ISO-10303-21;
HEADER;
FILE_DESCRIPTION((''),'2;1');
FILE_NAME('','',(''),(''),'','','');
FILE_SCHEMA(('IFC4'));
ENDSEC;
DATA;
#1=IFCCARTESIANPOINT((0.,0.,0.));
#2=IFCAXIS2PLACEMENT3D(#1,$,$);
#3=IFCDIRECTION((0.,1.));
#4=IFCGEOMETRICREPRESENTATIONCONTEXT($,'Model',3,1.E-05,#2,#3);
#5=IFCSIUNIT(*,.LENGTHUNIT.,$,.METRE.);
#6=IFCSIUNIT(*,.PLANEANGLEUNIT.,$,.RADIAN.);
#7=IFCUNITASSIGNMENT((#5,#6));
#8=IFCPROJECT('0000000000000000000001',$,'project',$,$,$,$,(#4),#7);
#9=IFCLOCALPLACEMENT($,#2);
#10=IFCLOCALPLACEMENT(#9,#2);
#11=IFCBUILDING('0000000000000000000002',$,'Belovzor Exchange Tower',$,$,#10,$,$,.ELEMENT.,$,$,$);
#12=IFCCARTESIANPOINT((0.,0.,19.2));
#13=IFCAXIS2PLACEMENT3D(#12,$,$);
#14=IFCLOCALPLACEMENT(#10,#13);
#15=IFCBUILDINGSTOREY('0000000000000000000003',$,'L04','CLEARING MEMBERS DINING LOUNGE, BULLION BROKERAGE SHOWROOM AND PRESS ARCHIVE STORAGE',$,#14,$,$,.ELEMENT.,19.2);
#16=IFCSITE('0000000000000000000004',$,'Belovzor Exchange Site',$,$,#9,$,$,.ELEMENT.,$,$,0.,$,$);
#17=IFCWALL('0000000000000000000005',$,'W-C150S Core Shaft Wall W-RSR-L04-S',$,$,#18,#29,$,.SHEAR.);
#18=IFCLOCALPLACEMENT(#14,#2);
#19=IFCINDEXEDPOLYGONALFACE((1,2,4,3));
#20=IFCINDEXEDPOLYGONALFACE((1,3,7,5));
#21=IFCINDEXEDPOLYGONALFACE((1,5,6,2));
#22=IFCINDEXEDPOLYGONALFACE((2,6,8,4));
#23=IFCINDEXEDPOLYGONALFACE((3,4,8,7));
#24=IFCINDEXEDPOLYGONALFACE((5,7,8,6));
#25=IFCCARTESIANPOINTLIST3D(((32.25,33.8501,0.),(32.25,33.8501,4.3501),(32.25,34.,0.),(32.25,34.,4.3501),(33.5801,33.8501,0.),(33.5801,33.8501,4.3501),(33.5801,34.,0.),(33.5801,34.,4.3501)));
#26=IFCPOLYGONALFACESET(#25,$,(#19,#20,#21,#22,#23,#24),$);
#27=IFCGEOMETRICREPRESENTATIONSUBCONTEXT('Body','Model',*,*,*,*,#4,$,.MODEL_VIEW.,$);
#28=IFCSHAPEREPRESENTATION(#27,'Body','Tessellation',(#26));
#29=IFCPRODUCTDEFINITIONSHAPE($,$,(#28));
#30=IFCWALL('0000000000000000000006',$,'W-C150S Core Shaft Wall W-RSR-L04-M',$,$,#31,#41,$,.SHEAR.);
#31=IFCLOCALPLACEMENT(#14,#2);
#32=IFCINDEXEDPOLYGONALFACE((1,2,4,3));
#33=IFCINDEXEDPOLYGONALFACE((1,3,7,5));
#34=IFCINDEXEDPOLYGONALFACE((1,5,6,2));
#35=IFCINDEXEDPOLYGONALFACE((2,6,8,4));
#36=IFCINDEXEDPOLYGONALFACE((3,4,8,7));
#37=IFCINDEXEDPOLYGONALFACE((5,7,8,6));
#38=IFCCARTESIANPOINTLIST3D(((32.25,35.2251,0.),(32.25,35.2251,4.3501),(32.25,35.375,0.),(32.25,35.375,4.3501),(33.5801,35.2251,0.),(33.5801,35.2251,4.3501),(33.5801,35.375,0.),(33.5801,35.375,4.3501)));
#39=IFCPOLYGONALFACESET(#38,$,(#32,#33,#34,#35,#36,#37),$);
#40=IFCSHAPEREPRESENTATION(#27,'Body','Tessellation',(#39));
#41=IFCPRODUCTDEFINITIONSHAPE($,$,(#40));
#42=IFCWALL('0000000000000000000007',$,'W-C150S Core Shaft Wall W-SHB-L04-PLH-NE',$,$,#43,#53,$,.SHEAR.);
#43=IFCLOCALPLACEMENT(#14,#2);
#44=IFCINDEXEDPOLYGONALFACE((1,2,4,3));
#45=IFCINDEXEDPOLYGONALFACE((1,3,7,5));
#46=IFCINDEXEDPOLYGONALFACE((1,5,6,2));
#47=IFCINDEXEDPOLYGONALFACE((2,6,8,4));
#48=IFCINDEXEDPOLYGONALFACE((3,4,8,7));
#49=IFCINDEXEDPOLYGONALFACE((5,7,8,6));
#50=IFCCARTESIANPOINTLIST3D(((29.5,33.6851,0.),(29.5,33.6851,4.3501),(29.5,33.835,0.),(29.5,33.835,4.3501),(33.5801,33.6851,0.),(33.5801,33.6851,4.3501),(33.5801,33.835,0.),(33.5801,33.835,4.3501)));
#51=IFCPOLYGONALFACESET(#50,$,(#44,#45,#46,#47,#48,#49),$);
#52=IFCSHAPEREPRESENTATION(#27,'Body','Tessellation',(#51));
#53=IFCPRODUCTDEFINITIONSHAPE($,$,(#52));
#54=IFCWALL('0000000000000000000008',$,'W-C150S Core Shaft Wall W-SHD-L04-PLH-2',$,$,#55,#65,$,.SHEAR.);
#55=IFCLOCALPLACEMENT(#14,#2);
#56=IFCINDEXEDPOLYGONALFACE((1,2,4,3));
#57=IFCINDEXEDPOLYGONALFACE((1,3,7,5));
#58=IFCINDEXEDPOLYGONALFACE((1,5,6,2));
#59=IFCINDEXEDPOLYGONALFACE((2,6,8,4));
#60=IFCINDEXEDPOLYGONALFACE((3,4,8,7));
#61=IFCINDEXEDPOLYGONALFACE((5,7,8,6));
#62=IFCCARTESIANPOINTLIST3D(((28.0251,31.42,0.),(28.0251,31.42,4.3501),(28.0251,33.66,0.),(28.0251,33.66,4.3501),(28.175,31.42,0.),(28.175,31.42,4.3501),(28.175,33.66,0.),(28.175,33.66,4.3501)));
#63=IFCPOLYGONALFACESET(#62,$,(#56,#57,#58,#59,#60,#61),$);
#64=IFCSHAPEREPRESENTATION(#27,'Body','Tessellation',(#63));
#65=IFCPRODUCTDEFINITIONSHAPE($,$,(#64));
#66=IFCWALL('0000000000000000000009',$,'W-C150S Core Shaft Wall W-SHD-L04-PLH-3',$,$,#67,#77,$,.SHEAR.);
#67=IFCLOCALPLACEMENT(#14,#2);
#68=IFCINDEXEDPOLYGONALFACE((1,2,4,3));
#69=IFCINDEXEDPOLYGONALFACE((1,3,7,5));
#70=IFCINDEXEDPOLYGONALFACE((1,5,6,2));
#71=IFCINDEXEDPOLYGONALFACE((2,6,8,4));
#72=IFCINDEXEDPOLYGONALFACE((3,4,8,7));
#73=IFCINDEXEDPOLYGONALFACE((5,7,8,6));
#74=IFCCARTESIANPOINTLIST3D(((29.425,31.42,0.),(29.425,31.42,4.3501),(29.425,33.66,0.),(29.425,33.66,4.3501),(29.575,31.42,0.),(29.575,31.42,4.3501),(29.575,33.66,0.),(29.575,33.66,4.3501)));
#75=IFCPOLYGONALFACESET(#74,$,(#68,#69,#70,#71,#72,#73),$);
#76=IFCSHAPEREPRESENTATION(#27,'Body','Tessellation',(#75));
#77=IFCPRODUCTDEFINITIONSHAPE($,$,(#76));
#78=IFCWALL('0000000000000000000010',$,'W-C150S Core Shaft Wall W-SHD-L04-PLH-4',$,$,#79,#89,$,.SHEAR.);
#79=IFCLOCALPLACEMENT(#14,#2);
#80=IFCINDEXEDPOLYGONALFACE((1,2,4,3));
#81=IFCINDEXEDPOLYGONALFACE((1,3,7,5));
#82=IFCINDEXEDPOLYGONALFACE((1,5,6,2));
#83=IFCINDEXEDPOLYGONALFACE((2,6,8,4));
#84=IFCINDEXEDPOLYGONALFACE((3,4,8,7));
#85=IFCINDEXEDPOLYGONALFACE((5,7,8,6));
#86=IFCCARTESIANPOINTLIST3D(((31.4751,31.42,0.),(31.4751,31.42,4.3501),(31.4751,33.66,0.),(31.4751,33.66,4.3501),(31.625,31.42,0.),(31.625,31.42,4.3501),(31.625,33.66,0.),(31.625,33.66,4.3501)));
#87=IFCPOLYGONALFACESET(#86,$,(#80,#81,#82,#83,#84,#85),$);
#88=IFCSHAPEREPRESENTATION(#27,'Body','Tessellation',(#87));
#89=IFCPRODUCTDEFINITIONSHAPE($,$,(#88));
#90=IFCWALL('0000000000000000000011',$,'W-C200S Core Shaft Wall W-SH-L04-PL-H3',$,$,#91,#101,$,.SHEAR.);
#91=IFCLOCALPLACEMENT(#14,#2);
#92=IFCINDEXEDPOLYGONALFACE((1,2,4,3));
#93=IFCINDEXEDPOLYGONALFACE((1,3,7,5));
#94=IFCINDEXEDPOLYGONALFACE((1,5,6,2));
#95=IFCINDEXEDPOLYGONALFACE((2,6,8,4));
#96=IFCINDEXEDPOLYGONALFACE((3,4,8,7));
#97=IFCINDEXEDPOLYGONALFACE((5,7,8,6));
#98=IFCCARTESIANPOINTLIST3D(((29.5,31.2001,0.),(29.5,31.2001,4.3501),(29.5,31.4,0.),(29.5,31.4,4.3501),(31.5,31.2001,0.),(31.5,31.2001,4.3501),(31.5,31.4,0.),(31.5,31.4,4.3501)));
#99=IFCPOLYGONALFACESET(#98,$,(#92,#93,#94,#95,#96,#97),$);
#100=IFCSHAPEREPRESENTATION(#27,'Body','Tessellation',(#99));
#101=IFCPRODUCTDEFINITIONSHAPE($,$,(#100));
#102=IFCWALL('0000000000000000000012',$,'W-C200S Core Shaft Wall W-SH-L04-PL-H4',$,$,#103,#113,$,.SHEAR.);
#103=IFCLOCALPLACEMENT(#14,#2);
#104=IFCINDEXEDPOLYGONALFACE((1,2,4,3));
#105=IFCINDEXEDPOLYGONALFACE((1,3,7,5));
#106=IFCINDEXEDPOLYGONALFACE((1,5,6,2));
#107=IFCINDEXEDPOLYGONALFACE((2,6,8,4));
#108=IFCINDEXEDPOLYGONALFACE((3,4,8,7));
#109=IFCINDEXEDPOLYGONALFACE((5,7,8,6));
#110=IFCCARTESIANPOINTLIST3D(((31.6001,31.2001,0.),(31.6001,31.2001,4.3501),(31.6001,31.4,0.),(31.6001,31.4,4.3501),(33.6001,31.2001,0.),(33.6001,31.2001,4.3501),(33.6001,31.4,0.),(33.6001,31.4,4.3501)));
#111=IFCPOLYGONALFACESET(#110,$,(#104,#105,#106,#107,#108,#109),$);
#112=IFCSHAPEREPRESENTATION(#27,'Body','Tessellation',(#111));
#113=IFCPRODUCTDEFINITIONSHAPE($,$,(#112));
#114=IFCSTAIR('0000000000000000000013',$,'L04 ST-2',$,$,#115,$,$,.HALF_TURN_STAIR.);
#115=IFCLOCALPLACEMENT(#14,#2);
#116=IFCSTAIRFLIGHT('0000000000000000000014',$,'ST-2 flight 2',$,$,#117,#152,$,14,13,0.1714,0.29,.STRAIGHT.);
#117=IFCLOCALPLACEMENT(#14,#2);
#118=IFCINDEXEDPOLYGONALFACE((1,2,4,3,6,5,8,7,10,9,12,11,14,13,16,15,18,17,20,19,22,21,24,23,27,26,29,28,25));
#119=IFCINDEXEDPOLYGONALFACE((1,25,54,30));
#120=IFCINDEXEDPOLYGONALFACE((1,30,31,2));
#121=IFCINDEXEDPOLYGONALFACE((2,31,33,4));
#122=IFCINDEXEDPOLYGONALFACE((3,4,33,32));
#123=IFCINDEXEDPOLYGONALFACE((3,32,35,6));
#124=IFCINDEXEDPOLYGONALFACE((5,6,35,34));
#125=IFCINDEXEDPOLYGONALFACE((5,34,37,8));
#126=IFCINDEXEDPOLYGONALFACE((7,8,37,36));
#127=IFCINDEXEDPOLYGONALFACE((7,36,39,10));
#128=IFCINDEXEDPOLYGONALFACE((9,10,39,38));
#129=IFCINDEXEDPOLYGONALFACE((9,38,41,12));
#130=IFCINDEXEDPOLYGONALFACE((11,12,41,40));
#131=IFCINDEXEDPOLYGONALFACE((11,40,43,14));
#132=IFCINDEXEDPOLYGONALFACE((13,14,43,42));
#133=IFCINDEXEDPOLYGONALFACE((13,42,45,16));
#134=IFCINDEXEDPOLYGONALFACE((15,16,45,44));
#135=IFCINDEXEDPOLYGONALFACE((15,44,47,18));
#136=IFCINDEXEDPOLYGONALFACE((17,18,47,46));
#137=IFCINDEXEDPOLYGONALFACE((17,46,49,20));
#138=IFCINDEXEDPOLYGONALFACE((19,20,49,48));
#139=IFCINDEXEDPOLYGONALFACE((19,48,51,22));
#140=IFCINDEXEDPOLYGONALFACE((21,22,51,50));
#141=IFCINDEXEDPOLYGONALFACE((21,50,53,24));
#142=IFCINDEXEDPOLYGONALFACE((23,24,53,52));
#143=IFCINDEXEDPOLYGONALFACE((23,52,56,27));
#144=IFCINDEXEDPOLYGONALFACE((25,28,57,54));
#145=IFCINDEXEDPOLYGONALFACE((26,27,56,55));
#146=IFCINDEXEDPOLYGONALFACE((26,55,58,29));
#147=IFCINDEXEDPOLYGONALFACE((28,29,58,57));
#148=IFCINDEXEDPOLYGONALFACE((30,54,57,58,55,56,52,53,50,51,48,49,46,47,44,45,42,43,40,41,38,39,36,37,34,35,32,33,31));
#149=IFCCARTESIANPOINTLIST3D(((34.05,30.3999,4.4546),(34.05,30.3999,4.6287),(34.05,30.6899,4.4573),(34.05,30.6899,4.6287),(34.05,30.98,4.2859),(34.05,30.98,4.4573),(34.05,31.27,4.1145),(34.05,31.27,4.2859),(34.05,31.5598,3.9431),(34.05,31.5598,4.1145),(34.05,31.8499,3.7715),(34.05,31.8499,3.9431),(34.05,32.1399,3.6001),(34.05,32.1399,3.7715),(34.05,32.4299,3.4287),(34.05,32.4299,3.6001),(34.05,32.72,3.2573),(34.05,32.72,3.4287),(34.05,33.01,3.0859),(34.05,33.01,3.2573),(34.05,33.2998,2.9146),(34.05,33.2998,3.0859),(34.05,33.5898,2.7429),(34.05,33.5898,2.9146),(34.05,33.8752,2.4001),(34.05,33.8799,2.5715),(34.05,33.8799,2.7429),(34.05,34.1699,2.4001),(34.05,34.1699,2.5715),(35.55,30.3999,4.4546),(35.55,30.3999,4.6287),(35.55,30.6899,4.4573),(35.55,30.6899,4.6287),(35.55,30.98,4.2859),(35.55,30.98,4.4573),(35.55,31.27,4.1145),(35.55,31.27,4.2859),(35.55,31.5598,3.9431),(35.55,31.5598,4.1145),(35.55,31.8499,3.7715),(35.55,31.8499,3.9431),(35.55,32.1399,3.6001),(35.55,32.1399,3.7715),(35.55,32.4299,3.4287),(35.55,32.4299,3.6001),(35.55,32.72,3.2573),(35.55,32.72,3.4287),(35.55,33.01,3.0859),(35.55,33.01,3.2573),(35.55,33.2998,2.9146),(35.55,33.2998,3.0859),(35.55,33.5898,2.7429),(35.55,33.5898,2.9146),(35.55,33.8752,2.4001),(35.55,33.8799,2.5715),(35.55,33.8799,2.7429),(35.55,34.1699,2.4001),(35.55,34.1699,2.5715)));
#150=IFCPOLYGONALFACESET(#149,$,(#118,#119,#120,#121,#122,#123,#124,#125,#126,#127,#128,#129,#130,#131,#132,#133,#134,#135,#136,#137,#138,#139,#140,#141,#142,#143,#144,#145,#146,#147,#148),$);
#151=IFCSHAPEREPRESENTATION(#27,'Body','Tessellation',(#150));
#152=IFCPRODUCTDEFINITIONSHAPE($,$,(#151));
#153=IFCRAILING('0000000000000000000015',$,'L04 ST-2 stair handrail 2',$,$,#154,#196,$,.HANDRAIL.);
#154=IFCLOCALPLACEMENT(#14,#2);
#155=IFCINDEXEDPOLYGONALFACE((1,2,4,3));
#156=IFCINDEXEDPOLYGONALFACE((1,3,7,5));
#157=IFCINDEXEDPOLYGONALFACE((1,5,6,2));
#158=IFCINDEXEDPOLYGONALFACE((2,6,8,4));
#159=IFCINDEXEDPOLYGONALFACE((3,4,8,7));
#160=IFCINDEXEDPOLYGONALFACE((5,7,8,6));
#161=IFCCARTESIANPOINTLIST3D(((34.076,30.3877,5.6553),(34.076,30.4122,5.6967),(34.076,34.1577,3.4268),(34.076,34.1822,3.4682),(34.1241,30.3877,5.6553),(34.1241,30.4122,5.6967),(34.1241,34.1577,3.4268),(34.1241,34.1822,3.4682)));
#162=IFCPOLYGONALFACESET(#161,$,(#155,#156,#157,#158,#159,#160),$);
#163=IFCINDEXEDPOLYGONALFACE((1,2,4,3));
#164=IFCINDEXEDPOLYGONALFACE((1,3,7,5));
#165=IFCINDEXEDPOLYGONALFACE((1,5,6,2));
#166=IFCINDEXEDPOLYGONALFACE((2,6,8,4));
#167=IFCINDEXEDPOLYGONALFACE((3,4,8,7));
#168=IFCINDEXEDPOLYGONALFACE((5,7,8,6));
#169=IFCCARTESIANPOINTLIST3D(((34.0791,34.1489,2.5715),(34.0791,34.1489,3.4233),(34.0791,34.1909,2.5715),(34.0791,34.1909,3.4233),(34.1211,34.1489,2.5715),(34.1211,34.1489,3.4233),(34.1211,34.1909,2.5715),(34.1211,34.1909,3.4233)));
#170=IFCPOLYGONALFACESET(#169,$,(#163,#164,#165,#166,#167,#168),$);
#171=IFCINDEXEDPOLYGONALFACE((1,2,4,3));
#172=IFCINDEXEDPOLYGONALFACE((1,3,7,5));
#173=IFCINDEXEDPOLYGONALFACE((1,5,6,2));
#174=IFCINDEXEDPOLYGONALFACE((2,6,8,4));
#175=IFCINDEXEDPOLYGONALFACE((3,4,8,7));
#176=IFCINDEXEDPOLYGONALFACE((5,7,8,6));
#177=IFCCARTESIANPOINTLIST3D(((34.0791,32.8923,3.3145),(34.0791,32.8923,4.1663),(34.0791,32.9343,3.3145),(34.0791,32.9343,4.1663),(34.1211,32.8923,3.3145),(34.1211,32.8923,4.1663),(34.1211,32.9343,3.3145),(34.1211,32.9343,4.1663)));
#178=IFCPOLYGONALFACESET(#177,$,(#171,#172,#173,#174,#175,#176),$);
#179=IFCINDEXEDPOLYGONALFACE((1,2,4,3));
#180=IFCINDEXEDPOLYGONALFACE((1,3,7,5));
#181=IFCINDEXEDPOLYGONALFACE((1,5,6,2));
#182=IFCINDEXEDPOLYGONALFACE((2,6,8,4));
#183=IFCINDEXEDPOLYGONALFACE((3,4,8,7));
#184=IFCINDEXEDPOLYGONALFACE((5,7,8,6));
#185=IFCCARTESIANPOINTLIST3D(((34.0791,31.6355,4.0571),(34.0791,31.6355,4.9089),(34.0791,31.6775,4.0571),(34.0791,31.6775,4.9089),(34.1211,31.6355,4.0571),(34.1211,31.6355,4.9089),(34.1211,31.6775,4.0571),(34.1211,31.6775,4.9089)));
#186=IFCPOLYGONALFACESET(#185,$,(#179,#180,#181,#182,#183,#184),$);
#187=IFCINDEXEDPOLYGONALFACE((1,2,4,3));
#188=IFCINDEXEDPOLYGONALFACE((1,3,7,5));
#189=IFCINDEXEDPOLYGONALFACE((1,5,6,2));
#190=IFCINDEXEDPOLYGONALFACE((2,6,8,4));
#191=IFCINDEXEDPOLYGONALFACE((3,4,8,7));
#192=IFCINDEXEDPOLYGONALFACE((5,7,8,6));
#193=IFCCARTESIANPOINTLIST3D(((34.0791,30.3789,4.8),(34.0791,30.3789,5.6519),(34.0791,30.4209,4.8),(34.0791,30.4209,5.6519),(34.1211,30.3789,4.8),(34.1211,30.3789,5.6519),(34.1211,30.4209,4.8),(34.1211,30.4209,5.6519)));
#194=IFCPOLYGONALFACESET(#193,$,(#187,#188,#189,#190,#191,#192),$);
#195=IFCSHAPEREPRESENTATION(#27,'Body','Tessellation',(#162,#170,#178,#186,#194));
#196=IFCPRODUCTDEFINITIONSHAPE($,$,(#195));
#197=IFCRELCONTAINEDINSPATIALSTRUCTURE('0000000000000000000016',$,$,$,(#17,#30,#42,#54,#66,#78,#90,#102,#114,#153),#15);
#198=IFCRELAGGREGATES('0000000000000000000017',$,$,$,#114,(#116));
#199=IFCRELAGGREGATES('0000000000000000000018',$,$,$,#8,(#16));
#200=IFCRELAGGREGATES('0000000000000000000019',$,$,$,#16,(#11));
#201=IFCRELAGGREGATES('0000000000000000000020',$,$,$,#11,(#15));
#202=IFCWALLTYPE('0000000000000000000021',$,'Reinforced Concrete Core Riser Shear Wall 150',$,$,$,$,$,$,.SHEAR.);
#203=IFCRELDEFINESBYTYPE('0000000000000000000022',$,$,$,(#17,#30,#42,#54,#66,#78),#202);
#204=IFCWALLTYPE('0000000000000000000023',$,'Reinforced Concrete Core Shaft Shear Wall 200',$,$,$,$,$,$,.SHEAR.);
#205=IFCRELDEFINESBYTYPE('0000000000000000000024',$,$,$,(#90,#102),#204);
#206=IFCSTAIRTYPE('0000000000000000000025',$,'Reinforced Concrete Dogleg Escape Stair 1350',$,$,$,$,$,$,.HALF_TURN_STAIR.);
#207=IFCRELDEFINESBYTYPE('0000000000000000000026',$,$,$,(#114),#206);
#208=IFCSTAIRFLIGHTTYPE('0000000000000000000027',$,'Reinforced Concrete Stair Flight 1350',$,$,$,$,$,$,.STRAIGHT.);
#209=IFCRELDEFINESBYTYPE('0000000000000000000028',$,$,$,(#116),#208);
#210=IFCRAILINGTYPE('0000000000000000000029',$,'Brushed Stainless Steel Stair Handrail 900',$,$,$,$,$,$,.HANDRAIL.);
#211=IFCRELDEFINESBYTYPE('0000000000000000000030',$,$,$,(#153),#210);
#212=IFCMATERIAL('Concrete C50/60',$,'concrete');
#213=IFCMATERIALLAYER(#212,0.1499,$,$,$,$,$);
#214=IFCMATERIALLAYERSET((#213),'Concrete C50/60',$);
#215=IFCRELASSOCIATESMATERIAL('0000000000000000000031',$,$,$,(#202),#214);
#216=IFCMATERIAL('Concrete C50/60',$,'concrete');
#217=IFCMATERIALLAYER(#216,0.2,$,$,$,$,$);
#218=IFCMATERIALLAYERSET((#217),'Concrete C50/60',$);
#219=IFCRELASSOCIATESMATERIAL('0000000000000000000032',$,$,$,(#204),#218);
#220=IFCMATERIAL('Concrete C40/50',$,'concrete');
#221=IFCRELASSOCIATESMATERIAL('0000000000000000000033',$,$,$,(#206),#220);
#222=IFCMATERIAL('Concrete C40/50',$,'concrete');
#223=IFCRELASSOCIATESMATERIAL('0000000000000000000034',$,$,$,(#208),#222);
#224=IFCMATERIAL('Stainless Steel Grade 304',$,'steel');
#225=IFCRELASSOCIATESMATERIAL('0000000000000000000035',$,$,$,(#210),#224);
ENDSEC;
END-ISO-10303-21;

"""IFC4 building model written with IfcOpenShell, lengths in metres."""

from ifc_helpers import new_model, si_unit, direction, frame, frame_2d, origin, origin_2d, place, context, subcontext, project, spatial, polyline, rectangle, outline, extrude, material, layer, layer_set, type_object, element, aggregate, save


model = new_model("IFC4")

# Units and contexts
model_context = context("Model", 3, precision=1e-05, world=origin(), true_north=direction((0.0, 1.0)))
body_context = subcontext(model_context, "Body", "Model", "MODEL_VIEW")
ifc_project = project(units=[si_unit("LENGTHUNIT", "METRE"), si_unit("PLANEANGLEUNIT", "RADIAN")], contexts=[model_context])

# Site, building, storey
site_placement = place(None, origin())
site = spatial("IfcSite", under=ifc_project, at=site_placement, Name="Belovzor Exchange Site", CompositionType="ELEMENT", RefElevation=0.0)
building_placement = place(site_placement, origin())
building = spatial("IfcBuilding", under=site, at=building_placement, Name="Belovzor Exchange Tower", CompositionType="ELEMENT")
storey_placement = place(building_placement, frame((0.0, 0.0, 19.2)))
storey = spatial("IfcBuildingStorey", under=building, at=storey_placement, Name="L04", Description="CLEARING MEMBERS DINING LOUNGE, BULLION BROKERAGE SHOWROOM AND PRESS ARCHIVE STORAGE", CompositionType="ELEMENT", Elevation=19.2)

# Walls
ifc_material_1 = material(Name="Concrete C50/60", Category="concrete")
ifc_layer_1 = layer(ifc_material_1, 0.1499)
ifc_layer_set_1 = layer_set([ifc_layer_1], Name="Concrete C50/60")
wall_type_1 = type_object("IfcWallType", Name="Reinforced Concrete Core Riser Shear Wall 150", PredefinedType="SHEAR", material=ifc_layer_set_1)
for number, where, z_axis, x_axis, name in (
    (1, (32.25, 33.925, 0.0), (0.0, 0.0, 1.0), (1.0, 0.0, 0.0), "W-C150S Core Shaft Wall W-RSR-L04-S"),
    (2, (32.25, 35.3, 0.0), (0.0, 0.0, 1.0), (1.0, 0.0, 0.0), "W-C150S Core Shaft Wall W-RSR-L04-M"),
):
    element("IfcWall", number, at=place(storey_placement, frame(where, z_axis=z_axis, x_axis=x_axis)), inside=storey, type_object=wall_type_1, Name=name, PredefinedType="SHEAR", context=body_context, shape_type="SweptSolid", body=[
        extrude(rectangle(XDim=1.3301, YDim=0.1499, at=frame_2d((0.665, 0.0))), origin(), (0.0, 0.0, 1.0), 4.3501),
    ])
wall_1_placement = place(storey_placement, frame((29.5, 33.76, 0.0), z_axis=(0.0, 0.0, 1.0), x_axis=(1.0, 0.0, 0.0)))
element("IfcWall", 3, at=wall_1_placement, inside=storey, type_object=wall_type_1, Name="W-C150S Core Shaft Wall W-SHB-L04-PLH-NE", PredefinedType="SHEAR", context=body_context, shape_type="SweptSolid", body=[
    extrude(rectangle(XDim=4.0801, YDim=0.1499, at=frame_2d((2.04, 0.0))), origin(), (0.0, 0.0, 1.0), 4.3501),
])
for number, where, z_axis, x_axis, name in (
    (4, (28.1001, 31.4199, 0.0), (0.0, 0.0, 1.0), (0.0, 1.0, 0.0), "W-C150S Core Shaft Wall W-SHD-L04-PLH-2"),
    (5, (29.5, 31.4199, 0.0), (0.0, 0.0, 1.0), (0.0, 1.0, 0.0), "W-C150S Core Shaft Wall W-SHD-L04-PLH-3"),
    (6, (31.55, 31.4199, 0.0), (0.0, 0.0, 1.0), (0.0, 1.0, 0.0), "W-C150S Core Shaft Wall W-SHD-L04-PLH-4"),
):
    element("IfcWall", number, at=place(storey_placement, frame(where, z_axis=z_axis, x_axis=x_axis)), inside=storey, type_object=wall_type_1, Name=name, PredefinedType="SHEAR", context=body_context, shape_type="SweptSolid", body=[
        extrude(rectangle(XDim=2.24, YDim=0.1499, at=frame_2d((1.1201, 0.0))), origin(), (0.0, 0.0, 1.0), 4.3501),
    ])
ifc_material_2 = material(Name="Concrete C50/60", Category="concrete")
ifc_layer_2 = layer(ifc_material_2, 0.2)
ifc_layer_set_2 = layer_set([ifc_layer_2], Name="Concrete C50/60")
wall_type_2 = type_object("IfcWallType", Name="Reinforced Concrete Core Shaft Shear Wall 200", PredefinedType="SHEAR", material=ifc_layer_set_2)
for number, where, z_axis, x_axis, name in (
    (7, (29.5, 31.3, 0.0), (0.0, 0.0, 1.0), (1.0, 0.0, 0.0), "W-C200S Core Shaft Wall W-SH-L04-PL-H3"),
    (8, (31.6001, 31.3, 0.0), (0.0, 0.0, 1.0), (1.0, 0.0, 0.0), "W-C200S Core Shaft Wall W-SH-L04-PL-H4"),
):
    element("IfcWall", number, at=place(storey_placement, frame(where, z_axis=z_axis, x_axis=x_axis)), inside=storey, type_object=wall_type_2, Name=name, PredefinedType="SHEAR", context=body_context, shape_type="SweptSolid", body=[
        extrude(rectangle(XDim=2.0, YDim=0.2, at=frame_2d((1.0, 0.0))), origin(), (0.0, 0.0, 1.0), 4.3501),
    ])

# Stair, stair flight
ifc_material_3 = material(Name="Concrete C40/50", Category="concrete")
stair_type = type_object("IfcStairType", Name="Reinforced Concrete Dogleg Escape Stair 1350", PredefinedType="HALF_TURN_STAIR", material=ifc_material_3)
stair_placement = place(storey_placement, origin())
stair = element("IfcStair", 9, at=stair_placement, inside=storey, type_object=stair_type, Name="L04 ST-2", PredefinedType="HALF_TURN_STAIR")
ifc_material_4 = material(Name="Concrete C40/50", Category="concrete")
stair_flight_type = type_object("IfcStairFlightType", Name="Reinforced Concrete Stair Flight 1350", PredefinedType="STRAIGHT", material=ifc_material_4)
stair_flight_placement = place(storey_placement, frame((34.8, 34.1699, 2.4001), z_axis=(0.0, 0.0, 1.0), x_axis=(0.0, -1.0, 0.0)))
stair_flight = element("IfcStairFlight", 10, at=stair_flight_placement, type_object=stair_flight_type, Name="ST-2 flight 2", NumberOfRisers=14, NumberOfTreads=13, PredefinedType="STRAIGHT", RiserHeight=0.1714, TreadLength=0.29, context=body_context, shape_type="SweptSolid", body=[
    extrude(outline(polyline([(0.0, 0.0), (0.0, 0.1714), (0.29, 0.1714), (0.29, 0.3428), (0.5801, 0.3428), (0.5801, 0.5144), (0.8701, 0.5144), (0.8701, 0.6858), (1.1599, 0.6858), (1.1599, 0.8572), (1.45, 0.8572), (1.45, 1.0286), (1.74, 1.0286), (1.74, 1.2), (2.03, 1.2), (2.03, 1.3713), (2.3201, 1.3713), (2.3201, 1.543), (2.6101, 1.543), (2.6101, 1.7144), (2.8999, 1.7144), (2.8999, 1.8857), (3.1899, 1.8857), (3.1899, 2.0571), (3.48, 2.0571), (3.48, 2.2285), (3.77, 2.2285), (3.77, 2.3999), (3.77, 2.0544), (0.2947, 0.0), (0.0, 0.0)])), frame((0.0, 0.75, 0.0), z_axis=(0.0, -1.0, 0.0), x_axis=(1.0, 0.0, 0.0)), (0.0, 0.0, 1.0), 1.5),
])
aggregate(stair, [stair_flight])

# Railing
ifc_material_5 = material(Name="Stainless Steel Grade 304", Category="steel")
railing_type_1 = type_object("IfcRailingType", Name="Brushed Stainless Steel Stair Handrail 900", PredefinedType="HANDRAIL", material=ifc_material_5)
railing_1_placement = place(storey_placement, frame((34.1001, 34.1699, 2.5715)))
element("IfcRailing", 11, at=railing_1_placement, inside=storey, type_object=railing_type_1, Name="L04 ST-2 stair handrail 2", PredefinedType="HANDRAIL", context=body_context, shape_type="SweptSolid", body=[
    extrude(rectangle(XDim=0.0481, YDim=0.0481, at=origin_2d()), frame((0.0, 0.0, 0.876), z_axis=(0.0, -0.860849, 0.508861), x_axis=(1.0, 0.0, 0.0)), (0.0, 0.0, 1.0), 4.3794),
    extrude(rectangle(XDim=0.042, YDim=0.042, at=origin_2d()), origin(), (0.0, 0.0, 1.0), 0.8518),
    extrude(rectangle(XDim=0.042, YDim=0.042, at=origin_2d()), frame((0.0, -1.2566, 0.7429)), (0.0, 0.0, 1.0), 0.8518),
    extrude(rectangle(XDim=0.042, YDim=0.042, at=origin_2d()), frame((0.0, -2.5134, 1.4856)), (0.0, 0.0, 1.0), 0.8518),
    extrude(rectangle(XDim=0.042, YDim=0.042, at=origin_2d()), frame((0.0, -3.77, 2.2285)), (0.0, 0.0, 1.0), 0.8518),
])

save(model, "model.ifc")
